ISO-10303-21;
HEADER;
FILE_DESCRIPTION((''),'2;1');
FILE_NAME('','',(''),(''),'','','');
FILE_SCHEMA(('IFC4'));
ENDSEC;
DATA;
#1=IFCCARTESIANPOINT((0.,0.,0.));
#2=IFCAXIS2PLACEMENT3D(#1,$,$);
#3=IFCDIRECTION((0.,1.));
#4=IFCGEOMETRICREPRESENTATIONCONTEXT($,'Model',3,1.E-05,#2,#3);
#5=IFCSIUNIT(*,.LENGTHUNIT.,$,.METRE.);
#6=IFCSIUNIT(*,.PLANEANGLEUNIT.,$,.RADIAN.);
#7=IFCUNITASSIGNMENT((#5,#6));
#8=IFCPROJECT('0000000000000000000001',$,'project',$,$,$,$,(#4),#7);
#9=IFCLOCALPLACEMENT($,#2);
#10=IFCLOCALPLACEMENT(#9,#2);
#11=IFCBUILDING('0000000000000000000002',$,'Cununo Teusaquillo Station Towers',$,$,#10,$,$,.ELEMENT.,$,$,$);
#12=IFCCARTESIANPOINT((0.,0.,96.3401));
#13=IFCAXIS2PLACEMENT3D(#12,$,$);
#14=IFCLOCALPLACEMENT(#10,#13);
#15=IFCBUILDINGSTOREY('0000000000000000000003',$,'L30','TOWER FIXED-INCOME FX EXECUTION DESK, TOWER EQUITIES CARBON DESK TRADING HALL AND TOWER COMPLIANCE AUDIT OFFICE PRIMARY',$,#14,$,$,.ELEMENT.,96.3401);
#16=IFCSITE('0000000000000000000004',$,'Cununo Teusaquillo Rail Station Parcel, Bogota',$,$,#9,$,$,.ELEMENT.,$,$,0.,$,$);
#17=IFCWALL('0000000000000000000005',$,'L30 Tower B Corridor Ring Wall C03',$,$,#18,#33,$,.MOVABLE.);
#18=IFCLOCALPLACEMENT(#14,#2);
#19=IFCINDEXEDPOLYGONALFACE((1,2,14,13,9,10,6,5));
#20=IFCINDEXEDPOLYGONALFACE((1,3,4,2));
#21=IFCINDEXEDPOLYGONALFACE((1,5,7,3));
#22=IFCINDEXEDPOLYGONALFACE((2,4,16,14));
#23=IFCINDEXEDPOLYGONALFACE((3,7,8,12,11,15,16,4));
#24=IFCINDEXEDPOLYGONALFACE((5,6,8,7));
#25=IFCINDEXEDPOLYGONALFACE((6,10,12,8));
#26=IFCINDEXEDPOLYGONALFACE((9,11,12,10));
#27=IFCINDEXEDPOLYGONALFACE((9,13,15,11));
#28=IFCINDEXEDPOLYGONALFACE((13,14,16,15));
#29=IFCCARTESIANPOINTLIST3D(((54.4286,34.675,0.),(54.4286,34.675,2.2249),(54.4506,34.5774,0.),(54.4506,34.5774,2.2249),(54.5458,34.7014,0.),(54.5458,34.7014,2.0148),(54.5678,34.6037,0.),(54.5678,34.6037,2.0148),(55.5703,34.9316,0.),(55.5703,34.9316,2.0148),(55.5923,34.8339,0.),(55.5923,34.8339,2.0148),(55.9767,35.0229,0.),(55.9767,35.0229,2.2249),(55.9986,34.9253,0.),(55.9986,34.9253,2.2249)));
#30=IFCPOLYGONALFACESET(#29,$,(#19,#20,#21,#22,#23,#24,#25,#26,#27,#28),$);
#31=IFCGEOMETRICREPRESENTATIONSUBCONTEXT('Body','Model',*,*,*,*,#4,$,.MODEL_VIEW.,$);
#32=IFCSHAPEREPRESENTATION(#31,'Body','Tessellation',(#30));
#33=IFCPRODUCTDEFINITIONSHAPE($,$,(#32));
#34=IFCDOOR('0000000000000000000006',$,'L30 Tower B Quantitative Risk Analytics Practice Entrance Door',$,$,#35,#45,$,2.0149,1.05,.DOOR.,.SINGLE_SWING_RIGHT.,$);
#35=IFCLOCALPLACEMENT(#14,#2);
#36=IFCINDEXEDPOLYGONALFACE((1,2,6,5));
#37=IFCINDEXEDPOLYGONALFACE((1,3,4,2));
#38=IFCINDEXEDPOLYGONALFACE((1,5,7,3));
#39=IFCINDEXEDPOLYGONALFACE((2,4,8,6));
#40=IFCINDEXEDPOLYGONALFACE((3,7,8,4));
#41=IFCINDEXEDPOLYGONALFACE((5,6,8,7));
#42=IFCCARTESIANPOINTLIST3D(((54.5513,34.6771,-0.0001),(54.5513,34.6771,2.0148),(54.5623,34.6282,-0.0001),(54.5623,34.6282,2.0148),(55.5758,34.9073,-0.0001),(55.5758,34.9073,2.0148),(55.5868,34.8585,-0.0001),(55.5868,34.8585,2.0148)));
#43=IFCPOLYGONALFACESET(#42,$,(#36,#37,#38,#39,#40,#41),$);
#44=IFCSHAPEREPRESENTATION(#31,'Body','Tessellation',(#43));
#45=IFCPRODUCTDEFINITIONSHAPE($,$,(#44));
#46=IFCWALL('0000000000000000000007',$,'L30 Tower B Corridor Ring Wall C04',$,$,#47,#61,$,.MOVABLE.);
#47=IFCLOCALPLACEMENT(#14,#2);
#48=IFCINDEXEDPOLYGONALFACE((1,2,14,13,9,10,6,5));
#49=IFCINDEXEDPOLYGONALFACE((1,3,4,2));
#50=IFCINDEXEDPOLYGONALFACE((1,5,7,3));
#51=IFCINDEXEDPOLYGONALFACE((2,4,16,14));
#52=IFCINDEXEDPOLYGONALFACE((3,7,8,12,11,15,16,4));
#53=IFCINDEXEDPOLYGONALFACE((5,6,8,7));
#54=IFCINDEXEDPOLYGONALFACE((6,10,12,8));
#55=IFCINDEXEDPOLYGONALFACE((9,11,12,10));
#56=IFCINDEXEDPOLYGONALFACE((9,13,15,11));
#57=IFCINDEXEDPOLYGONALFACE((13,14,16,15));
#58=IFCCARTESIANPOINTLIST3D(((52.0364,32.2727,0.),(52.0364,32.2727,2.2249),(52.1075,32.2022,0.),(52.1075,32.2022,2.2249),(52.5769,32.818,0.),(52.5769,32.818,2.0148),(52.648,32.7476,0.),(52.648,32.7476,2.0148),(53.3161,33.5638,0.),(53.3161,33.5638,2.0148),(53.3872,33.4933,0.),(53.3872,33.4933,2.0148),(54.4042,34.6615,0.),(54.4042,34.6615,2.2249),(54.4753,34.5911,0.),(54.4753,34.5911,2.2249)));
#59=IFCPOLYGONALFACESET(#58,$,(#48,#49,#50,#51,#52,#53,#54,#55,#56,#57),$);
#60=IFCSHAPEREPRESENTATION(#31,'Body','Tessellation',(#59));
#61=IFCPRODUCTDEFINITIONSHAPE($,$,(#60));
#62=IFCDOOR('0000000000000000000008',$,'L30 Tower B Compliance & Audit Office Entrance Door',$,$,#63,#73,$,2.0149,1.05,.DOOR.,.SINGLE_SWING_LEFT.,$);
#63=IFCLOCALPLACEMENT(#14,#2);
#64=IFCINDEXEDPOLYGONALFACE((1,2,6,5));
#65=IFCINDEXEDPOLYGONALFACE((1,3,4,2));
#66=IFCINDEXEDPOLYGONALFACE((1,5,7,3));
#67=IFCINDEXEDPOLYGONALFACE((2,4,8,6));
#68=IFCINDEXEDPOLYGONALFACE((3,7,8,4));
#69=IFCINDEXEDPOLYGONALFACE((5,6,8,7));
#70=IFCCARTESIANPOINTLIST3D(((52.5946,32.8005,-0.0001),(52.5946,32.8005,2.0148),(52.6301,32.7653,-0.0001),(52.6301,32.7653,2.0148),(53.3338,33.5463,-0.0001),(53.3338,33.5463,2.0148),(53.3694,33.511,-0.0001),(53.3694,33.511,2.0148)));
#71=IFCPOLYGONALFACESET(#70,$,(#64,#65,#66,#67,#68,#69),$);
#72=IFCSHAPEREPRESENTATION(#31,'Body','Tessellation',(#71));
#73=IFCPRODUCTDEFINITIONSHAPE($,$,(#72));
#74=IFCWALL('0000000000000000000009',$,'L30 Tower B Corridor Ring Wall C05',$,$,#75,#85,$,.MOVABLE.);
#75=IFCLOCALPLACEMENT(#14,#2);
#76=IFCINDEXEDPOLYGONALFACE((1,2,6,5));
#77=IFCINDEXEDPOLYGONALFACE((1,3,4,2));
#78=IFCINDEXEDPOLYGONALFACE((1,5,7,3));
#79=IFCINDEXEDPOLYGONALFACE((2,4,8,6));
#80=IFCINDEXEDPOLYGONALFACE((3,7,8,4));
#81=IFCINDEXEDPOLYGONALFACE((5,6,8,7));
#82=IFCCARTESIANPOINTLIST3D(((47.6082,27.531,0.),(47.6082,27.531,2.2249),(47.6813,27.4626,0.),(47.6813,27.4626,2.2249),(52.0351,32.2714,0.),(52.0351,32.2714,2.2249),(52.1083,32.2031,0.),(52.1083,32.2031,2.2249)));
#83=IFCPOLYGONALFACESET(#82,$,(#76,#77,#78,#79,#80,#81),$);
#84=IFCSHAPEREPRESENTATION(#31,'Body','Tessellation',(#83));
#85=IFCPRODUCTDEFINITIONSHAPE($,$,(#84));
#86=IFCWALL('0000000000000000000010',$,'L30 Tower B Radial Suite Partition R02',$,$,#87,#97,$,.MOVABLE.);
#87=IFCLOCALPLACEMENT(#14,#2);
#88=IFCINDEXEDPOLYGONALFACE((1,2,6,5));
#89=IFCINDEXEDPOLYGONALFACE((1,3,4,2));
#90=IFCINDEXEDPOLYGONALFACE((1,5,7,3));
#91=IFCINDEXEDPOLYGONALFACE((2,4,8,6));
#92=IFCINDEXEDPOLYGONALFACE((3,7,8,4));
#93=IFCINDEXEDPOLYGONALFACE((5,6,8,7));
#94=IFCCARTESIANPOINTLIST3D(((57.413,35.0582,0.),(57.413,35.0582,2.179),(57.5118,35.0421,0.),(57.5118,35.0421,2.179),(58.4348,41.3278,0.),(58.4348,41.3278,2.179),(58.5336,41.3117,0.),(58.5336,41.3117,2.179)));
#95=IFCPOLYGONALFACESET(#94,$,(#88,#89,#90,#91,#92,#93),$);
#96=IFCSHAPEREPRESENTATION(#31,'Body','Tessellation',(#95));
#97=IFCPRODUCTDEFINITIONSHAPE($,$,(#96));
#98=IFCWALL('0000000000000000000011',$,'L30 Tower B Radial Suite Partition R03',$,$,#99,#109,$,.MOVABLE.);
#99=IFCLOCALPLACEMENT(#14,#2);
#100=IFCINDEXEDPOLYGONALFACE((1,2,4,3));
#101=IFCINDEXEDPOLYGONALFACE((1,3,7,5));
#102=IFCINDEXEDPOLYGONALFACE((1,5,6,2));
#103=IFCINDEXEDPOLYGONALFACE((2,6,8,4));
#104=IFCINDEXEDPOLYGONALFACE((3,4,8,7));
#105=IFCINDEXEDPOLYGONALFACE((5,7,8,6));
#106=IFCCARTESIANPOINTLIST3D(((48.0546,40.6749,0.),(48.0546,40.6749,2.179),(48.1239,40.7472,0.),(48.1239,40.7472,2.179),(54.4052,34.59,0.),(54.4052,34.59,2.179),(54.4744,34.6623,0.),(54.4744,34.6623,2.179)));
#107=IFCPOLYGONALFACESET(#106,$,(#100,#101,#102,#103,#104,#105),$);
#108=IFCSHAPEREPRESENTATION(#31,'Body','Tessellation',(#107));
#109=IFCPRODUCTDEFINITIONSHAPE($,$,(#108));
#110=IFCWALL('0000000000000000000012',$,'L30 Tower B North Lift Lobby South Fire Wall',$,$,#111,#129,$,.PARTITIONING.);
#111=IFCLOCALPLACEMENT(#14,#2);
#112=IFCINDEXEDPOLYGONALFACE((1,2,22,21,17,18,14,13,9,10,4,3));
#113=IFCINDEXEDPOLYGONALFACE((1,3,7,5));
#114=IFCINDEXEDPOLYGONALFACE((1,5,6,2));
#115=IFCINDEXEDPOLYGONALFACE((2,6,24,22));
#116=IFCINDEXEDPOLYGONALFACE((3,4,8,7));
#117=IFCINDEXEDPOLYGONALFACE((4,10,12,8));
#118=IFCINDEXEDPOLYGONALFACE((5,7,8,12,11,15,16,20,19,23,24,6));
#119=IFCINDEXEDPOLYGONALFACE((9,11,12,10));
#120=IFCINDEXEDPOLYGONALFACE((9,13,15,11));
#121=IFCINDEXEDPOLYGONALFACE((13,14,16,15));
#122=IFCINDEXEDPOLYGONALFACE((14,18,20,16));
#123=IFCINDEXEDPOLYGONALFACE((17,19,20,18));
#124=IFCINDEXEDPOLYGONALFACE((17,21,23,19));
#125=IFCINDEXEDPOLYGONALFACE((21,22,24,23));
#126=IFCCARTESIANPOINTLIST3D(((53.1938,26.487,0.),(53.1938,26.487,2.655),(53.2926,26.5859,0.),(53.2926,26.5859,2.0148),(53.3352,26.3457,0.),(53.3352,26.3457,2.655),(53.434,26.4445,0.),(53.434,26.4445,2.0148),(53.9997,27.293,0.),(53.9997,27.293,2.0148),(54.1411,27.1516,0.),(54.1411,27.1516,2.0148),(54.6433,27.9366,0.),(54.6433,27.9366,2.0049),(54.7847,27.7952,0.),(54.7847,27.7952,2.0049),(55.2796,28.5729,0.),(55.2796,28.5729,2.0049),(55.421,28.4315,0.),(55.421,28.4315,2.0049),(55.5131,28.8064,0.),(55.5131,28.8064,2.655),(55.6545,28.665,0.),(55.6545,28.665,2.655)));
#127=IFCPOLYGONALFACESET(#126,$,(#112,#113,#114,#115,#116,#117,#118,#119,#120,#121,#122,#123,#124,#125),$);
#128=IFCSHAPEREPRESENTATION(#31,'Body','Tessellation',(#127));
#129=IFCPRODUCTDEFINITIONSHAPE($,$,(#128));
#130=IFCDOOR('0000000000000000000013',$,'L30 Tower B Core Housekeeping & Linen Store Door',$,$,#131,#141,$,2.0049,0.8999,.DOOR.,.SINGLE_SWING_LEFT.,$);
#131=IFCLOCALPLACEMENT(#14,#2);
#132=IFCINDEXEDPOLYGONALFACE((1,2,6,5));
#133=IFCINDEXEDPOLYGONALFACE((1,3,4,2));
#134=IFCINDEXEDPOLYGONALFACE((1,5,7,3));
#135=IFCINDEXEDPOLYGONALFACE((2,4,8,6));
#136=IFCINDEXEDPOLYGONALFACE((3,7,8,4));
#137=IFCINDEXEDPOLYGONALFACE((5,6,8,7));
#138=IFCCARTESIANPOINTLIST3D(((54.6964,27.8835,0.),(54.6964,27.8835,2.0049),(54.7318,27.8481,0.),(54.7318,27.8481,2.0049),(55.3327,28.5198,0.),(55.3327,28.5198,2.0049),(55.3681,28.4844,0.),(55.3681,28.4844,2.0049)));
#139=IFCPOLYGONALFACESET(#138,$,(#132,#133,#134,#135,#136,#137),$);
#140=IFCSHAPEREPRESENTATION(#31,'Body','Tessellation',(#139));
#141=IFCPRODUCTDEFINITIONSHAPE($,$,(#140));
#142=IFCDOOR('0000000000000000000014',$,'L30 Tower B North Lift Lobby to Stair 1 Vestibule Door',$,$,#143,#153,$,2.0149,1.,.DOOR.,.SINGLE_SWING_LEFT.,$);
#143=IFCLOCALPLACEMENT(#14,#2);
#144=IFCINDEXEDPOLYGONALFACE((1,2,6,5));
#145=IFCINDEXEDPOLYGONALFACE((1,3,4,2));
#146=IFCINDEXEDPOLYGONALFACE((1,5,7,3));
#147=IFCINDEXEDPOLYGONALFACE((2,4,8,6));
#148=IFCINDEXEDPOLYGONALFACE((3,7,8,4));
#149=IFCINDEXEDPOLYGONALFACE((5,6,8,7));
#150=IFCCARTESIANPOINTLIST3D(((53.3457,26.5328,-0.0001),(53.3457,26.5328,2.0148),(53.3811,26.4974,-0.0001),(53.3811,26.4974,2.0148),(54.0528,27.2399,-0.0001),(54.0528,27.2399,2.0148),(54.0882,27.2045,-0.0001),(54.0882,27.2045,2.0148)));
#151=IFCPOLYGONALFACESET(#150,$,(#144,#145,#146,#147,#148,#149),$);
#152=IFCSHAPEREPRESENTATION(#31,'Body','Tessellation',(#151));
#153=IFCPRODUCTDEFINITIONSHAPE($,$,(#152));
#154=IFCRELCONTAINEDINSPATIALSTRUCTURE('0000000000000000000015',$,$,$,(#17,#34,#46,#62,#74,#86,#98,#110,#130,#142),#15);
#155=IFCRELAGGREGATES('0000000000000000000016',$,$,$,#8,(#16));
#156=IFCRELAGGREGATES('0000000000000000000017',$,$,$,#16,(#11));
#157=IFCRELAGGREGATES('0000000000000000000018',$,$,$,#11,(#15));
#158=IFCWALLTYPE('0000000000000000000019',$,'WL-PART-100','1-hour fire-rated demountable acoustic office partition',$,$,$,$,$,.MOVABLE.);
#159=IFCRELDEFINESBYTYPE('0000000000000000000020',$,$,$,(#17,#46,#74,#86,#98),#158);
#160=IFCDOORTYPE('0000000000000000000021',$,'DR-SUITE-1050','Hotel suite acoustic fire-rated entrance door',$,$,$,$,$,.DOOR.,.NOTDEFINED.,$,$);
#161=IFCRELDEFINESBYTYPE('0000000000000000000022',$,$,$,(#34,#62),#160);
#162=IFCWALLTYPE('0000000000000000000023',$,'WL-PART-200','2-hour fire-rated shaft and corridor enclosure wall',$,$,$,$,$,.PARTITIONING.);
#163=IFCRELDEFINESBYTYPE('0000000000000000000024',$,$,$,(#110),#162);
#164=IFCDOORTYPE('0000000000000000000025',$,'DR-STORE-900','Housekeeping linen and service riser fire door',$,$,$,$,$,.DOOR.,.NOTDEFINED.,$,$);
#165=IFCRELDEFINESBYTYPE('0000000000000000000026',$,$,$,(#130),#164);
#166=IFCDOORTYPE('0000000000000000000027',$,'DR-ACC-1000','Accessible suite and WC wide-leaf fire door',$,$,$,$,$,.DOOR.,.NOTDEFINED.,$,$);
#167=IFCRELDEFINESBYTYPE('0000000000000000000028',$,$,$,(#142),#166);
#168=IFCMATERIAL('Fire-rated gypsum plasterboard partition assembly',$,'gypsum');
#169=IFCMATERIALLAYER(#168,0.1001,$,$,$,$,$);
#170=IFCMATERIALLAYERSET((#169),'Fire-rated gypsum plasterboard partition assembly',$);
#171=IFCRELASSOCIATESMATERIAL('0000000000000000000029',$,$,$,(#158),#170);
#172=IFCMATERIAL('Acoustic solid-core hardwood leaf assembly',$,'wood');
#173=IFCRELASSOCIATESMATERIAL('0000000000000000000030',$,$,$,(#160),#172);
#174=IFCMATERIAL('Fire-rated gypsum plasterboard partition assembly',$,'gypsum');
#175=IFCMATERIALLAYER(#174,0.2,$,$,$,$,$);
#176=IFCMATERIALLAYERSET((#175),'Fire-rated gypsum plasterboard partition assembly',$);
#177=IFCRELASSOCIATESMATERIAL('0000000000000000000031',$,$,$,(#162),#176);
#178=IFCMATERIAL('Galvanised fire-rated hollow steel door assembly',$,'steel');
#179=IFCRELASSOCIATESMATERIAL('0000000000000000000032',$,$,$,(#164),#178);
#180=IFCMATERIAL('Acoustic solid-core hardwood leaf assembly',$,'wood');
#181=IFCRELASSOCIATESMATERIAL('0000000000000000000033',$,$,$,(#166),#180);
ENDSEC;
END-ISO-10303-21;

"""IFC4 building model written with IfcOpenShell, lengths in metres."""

from ifc_helpers import new_model, si_unit, direction, frame, frame_2d, origin, place, context, subcontext, project, spatial, rectangle, extrude, source, transform, mapped, material, layer, layer_set, type_object, element, fill, save


model = new_model("IFC4")

# Units and contexts
model_context = context("Model", 3, precision=1e-05, world=origin(), true_north=direction((0.0, 1.0)))
body_context = subcontext(model_context, "Body", "Model", "MODEL_VIEW")
ifc_project = project(units=[si_unit("LENGTHUNIT", "METRE"), si_unit("PLANEANGLEUNIT", "RADIAN")], contexts=[model_context])

# Site, building, storey
site_placement = place(None, origin())
site = spatial("IfcSite", under=ifc_project, at=site_placement, Name="Cununo Teusaquillo Rail Station Parcel, Bogota", CompositionType="ELEMENT", RefElevation=0.0)
building_placement = place(site_placement, origin())
building = spatial("IfcBuilding", under=site, at=building_placement, Name="Cununo Teusaquillo Station Towers", CompositionType="ELEMENT")
storey_placement = place(building_placement, frame((0.0, 0.0, 96.3401)))
storey = spatial("IfcBuildingStorey", under=building, at=storey_placement, Name="L30", Description="TOWER FIXED-INCOME FX EXECUTION DESK, TOWER EQUITIES CARBON DESK TRADING HALL AND TOWER COMPLIANCE AUDIT OFFICE PRIMARY", CompositionType="ELEMENT", Elevation=96.3401)

# Shared definitions
ifc_material_1 = material(Name="Fire-rated gypsum plasterboard partition assembly", Category="gypsum")
ifc_layer_1 = layer(ifc_material_1, 0.1001)
ifc_layer_set_1 = layer_set([ifc_layer_1], Name="Fire-rated gypsum plasterboard partition assembly")
wall_type_1 = type_object("IfcWallType", Name="WL-PART-100", Description="1-hour fire-rated demountable acoustic office partition", PredefinedType="MOVABLE", material=ifc_layer_set_1)

# Walls, openings, doors
wall_1_placement = place(storey_placement, frame((55.9878, 34.9741, 0.0), z_axis=(0.0, 0.0, 1.0), x_axis=(-0.975667, -0.21926, 0.0)))
wall_1 = element("IfcWall", 1, at=wall_1_placement, inside=storey, type_object=wall_type_1, Name="L30 Tower B Corridor Ring Wall C03", PredefinedType="MOVABLE", context=body_context, shape_type="SweptSolid", body=[
    extrude(rectangle(XDim=1.5867, YDim=0.1001, at=frame_2d((0.7935, 0.0))), origin(), (0.0, 0.0, 1.0), 2.2249),
])
shared_shape_1 = source(origin(), body_context, "Body", "SweptSolid", [
    extrude(rectangle(XDim=1.05, YDim=2.0149, at=frame_2d((0.5249, 1.0073))), frame((0.0, 0.0601, 0.0), z_axis=(0.0, -1.0, 0.0), x_axis=(1.0, 0.0, 0.0)), (0.0, 0.0, 1.0), 0.1201),
])
opening_1_placement = place(wall_1_placement, frame((0.4167, 0.0, 0.0)))
opening_1 = element("IfcOpeningElement", 2, at=opening_1_placement, cuts=wall_1, PredefinedType="OPENING", context=body_context, shape_type="MappedRepresentation", body=[
    mapped(shared_shape_1, transform((0.0, 0.0, 0.0), x_axis=(1.0, 0.0, 0.0), y_axis=(0.0, 1.0, 0.0), z_axis=(0.0, 0.0, 1.0), scale=1.0)),
])
ifc_material_2 = material(Name="Acoustic solid-core hardwood leaf assembly", Category="wood")
door_type_1 = type_object("IfcDoorType", Name="DR-SUITE-1050", Description="Hotel suite acoustic fire-rated entrance door", OperationType="NOTDEFINED", PredefinedType="DOOR", material=ifc_material_2)
shared_shape_2 = source(origin(), body_context, "Body", "SweptSolid", [
    extrude(rectangle(XDim=1.05, YDim=2.0149, at=frame_2d((0.5249, 1.0073))), frame((0.0, 0.0249, 0.0), z_axis=(0.0, -1.0, 0.0), x_axis=(1.0, 0.0, 0.0)), (0.0, 0.0, 1.0), 0.05),
])
door_1_placement = place(opening_1_placement, origin())
door_1 = element("IfcDoor", 3, at=door_1_placement, inside=storey, type_object=door_type_1, Name="L30 Tower B Quantitative Risk Analytics Practice Entrance Door", OperationType="SINGLE_SWING_RIGHT", OverallHeight=2.0149, OverallWidth=1.05, PredefinedType="DOOR", context=body_context, shape_type="MappedRepresentation", body=[
    mapped(shared_shape_2, transform((0.0, 0.0, 0.0), x_axis=(1.0, 0.0, 0.0), y_axis=(0.0, 1.0, 0.0), z_axis=(0.0, 0.0, 1.0), scale=1.0)),
])
fill(opening_1, door_1)
wall_2_placement = place(storey_placement, frame((54.4397, 34.6262, 0.0), z_axis=(0.0, 0.0, 1.0), x_axis=(-0.703979, -0.710221, 0.0)))
wall_2 = element("IfcWall", 4, at=wall_2_placement, inside=storey, type_object=wall_type_1, Name="L30 Tower B Corridor Ring Wall C04", PredefinedType="MOVABLE", context=body_context, shape_type="SweptSolid", body=[
    extrude(rectangle(XDim=3.3635, YDim=0.1001, at=frame_2d((1.6816, 0.0))), origin(), (0.0, 0.0, 1.0), 2.2249),
])
opening_2_placement = place(wall_2_placement, frame((1.5457, 0.0, 0.0)))
opening_2 = element("IfcOpeningElement", 5, at=opening_2_placement, cuts=wall_2, PredefinedType="OPENING", context=body_context, shape_type="MappedRepresentation", body=[
    mapped(shared_shape_1, transform((0.0, 0.0, 0.0), x_axis=(1.0, 0.0, 0.0), y_axis=(0.0, 1.0, 0.0), z_axis=(0.0, 0.0, 1.0), scale=1.0)),
])
door_2_placement = place(opening_2_placement, origin())
door_2 = element("IfcDoor", 6, at=door_2_placement, inside=storey, type_object=door_type_1, Name="L30 Tower B Compliance & Audit Office Entrance Door", OperationType="SINGLE_SWING_LEFT", OverallHeight=2.0149, OverallWidth=1.05, PredefinedType="DOOR", context=body_context, shape_type="MappedRepresentation", body=[
    mapped(shared_shape_2, transform((0.0, 0.0, 0.0), x_axis=(1.0, 0.0, 0.0), y_axis=(0.0, 1.0, 0.0), z_axis=(0.0, 0.0, 1.0), scale=1.0)),
])
fill(opening_2, door_2)

# Walls
wall_3_placement = place(storey_placement, frame((52.0718, 32.2373, 0.0), z_axis=(0.0, 0.0, 1.0), x_axis=(-0.682529, -0.730859, 0.0)))
element("IfcWall", 7, at=wall_3_placement, inside=storey, type_object=wall_type_1, Name="L30 Tower B Corridor Ring Wall C05", PredefinedType="MOVABLE", context=body_context, shape_type="SweptSolid", body=[
    extrude(rectangle(XDim=6.4861, YDim=0.1001, at=frame_2d((3.2432, 0.0))), origin(), (0.0, 0.0, 1.0), 2.2249),
])
wall_4_placement = place(storey_placement, frame((57.4624, 35.05, 0.0), z_axis=(0.0, 0.0, 1.0), x_axis=(0.160845, 0.98698, 0.0)))
element("IfcWall", 8, at=wall_4_placement, inside=storey, type_object=wall_type_1, Name="L30 Tower B Radial Suite Partition R02", PredefinedType="MOVABLE", context=body_context, shape_type="SweptSolid", body=[
    extrude(rectangle(XDim=6.3523, YDim=0.1001, at=frame_2d((3.1763, 0.0))), origin(), (0.0, 0.0, 1.0), 2.179),
])
wall_5_placement = place(storey_placement, frame((54.4397, 34.6262, 0.0), z_axis=(0.0, 0.0, 1.0), x_axis=(-0.722046, 0.691845, 0.0)))
element("IfcWall", 9, at=wall_5_placement, inside=storey, type_object=wall_type_1, Name="L30 Tower B Radial Suite Partition R03", PredefinedType="MOVABLE", context=body_context, shape_type="SweptSolid", body=[
    extrude(rectangle(XDim=8.7952, YDim=0.1001, at=frame_2d((4.3975, 0.0))), origin(), (0.0, 0.0, 1.0), 2.179),
])

# Wall, openings, doors
ifc_material_3 = material(Name="Fire-rated gypsum plasterboard partition assembly", Category="gypsum")
ifc_layer_2 = layer(ifc_material_3, 0.2)
ifc_layer_set_2 = layer_set([ifc_layer_2], Name="Fire-rated gypsum plasterboard partition assembly")
wall_type_2 = type_object("IfcWallType", Name="WL-PART-200", Description="2-hour fire-rated shaft and corridor enclosure wall", PredefinedType="PARTITIONING", material=ifc_layer_set_2)
wall_6_placement = place(storey_placement, frame((53.2644, 26.4163, 0.0), z_axis=(0.0, 0.0, 1.0), x_axis=(0.707107, 0.707107, 0.0)))
wall_6 = element("IfcWall", 10, at=wall_6_placement, inside=storey, type_object=wall_type_2, Name="L30 Tower B North Lift Lobby South Fire Wall", PredefinedType="PARTITIONING", context=body_context, shape_type="SweptSolid", body=[
    extrude(rectangle(XDim=3.28, YDim=0.2, at=frame_2d((1.6401, 0.0))), origin(), (0.0, 0.0, 1.0), 2.655),
])
shared_shape_3 = source(origin(), body_context, "Body", "SweptSolid", [
    extrude(rectangle(XDim=1.0, YDim=2.0149, at=frame_2d((0.5, 1.0073))), frame((0.0, 0.1099, 0.0), z_axis=(0.0, -1.0, 0.0), x_axis=(1.0, 0.0, 0.0)), (0.0, 0.0, 1.0), 0.22),
])
opening_3_placement = place(wall_6_placement, frame((0.1399, 0.0, 0.0)))
opening_3 = element("IfcOpeningElement", 11, at=opening_3_placement, cuts=wall_6, PredefinedType="OPENING", context=body_context, shape_type="MappedRepresentation", body=[
    mapped(shared_shape_3, transform((0.0, 0.0, 0.0), x_axis=(1.0, 0.0, 0.0), y_axis=(0.0, 1.0, 0.0), z_axis=(0.0, 0.0, 1.0), scale=1.0)),
])
shared_shape_4 = source(origin(), body_context, "Body", "SweptSolid", [
    extrude(rectangle(XDim=0.8999, YDim=2.0049, at=frame_2d((0.45, 1.0024))), frame((0.0, 0.1099, 0.0), z_axis=(0.0, -1.0, 0.0), x_axis=(1.0, 0.0, 0.0)), (0.0, 0.0, 1.0), 0.22),
])
opening_4_placement = place(wall_6_placement, frame((2.05, 0.0, 0.0)))
opening_4 = element("IfcOpeningElement", 12, at=opening_4_placement, cuts=wall_6, PredefinedType="OPENING", context=body_context, shape_type="MappedRepresentation", body=[
    mapped(shared_shape_4, transform((0.0, 0.0, 0.0), x_axis=(1.0, 0.0, 0.0), y_axis=(0.0, 1.0, 0.0), z_axis=(0.0, 0.0, 1.0), scale=1.0)),
])
ifc_material_4 = material(Name="Galvanised fire-rated hollow steel door assembly", Category="steel")
door_type_2 = type_object("IfcDoorType", Name="DR-STORE-900", Description="Housekeeping linen and service riser fire door", OperationType="NOTDEFINED", PredefinedType="DOOR", material=ifc_material_4)
shared_shape_5 = source(origin(), body_context, "Body", "SweptSolid", [
    extrude(rectangle(XDim=0.8999, YDim=2.0049, at=frame_2d((0.45, 1.0024))), frame((0.0, 0.0249, 0.0), z_axis=(0.0, -1.0, 0.0), x_axis=(1.0, 0.0, 0.0)), (0.0, 0.0, 1.0), 0.05),
])
door_3_placement = place(opening_4_placement, origin())
door_3 = element("IfcDoor", 13, at=door_3_placement, inside=storey, type_object=door_type_2, Name="L30 Tower B Core Housekeeping & Linen Store Door", OperationType="SINGLE_SWING_LEFT", OverallHeight=2.0049, OverallWidth=0.8999, PredefinedType="DOOR", context=body_context, shape_type="MappedRepresentation", body=[
    mapped(shared_shape_5, transform((0.0, 0.0, 0.0), x_axis=(1.0, 0.0, 0.0), y_axis=(0.0, 1.0, 0.0), z_axis=(0.0, 0.0, 1.0), scale=1.0)),
])
fill(opening_4, door_3)
ifc_material_5 = material(Name="Acoustic solid-core hardwood leaf assembly", Category="wood")
door_type_3 = type_object("IfcDoorType", Name="DR-ACC-1000", Description="Accessible suite and WC wide-leaf fire door", OperationType="NOTDEFINED", PredefinedType="DOOR", material=ifc_material_5)
shared_shape_6 = source(origin(), body_context, "Body", "SweptSolid", [
    extrude(rectangle(XDim=1.0, YDim=2.0149, at=frame_2d((0.5, 1.0073))), frame((0.0, 0.0249, 0.0), z_axis=(0.0, -1.0, 0.0), x_axis=(1.0, 0.0, 0.0)), (0.0, 0.0, 1.0), 0.05),
])
door_4_placement = place(opening_3_placement, origin())
door_4 = element("IfcDoor", 14, at=door_4_placement, inside=storey, type_object=door_type_3, Name="L30 Tower B North Lift Lobby to Stair 1 Vestibule Door", OperationType="SINGLE_SWING_LEFT", OverallHeight=2.0149, OverallWidth=1.0, PredefinedType="DOOR", context=body_context, shape_type="MappedRepresentation", body=[
    mapped(shared_shape_6, transform((0.0, 0.0, 0.0), x_axis=(1.0, 0.0, 0.0), y_axis=(0.0, 1.0, 0.0), z_axis=(0.0, 0.0, 1.0), scale=1.0)),
])
fill(opening_3, door_4)

save(model, "model.ifc")
